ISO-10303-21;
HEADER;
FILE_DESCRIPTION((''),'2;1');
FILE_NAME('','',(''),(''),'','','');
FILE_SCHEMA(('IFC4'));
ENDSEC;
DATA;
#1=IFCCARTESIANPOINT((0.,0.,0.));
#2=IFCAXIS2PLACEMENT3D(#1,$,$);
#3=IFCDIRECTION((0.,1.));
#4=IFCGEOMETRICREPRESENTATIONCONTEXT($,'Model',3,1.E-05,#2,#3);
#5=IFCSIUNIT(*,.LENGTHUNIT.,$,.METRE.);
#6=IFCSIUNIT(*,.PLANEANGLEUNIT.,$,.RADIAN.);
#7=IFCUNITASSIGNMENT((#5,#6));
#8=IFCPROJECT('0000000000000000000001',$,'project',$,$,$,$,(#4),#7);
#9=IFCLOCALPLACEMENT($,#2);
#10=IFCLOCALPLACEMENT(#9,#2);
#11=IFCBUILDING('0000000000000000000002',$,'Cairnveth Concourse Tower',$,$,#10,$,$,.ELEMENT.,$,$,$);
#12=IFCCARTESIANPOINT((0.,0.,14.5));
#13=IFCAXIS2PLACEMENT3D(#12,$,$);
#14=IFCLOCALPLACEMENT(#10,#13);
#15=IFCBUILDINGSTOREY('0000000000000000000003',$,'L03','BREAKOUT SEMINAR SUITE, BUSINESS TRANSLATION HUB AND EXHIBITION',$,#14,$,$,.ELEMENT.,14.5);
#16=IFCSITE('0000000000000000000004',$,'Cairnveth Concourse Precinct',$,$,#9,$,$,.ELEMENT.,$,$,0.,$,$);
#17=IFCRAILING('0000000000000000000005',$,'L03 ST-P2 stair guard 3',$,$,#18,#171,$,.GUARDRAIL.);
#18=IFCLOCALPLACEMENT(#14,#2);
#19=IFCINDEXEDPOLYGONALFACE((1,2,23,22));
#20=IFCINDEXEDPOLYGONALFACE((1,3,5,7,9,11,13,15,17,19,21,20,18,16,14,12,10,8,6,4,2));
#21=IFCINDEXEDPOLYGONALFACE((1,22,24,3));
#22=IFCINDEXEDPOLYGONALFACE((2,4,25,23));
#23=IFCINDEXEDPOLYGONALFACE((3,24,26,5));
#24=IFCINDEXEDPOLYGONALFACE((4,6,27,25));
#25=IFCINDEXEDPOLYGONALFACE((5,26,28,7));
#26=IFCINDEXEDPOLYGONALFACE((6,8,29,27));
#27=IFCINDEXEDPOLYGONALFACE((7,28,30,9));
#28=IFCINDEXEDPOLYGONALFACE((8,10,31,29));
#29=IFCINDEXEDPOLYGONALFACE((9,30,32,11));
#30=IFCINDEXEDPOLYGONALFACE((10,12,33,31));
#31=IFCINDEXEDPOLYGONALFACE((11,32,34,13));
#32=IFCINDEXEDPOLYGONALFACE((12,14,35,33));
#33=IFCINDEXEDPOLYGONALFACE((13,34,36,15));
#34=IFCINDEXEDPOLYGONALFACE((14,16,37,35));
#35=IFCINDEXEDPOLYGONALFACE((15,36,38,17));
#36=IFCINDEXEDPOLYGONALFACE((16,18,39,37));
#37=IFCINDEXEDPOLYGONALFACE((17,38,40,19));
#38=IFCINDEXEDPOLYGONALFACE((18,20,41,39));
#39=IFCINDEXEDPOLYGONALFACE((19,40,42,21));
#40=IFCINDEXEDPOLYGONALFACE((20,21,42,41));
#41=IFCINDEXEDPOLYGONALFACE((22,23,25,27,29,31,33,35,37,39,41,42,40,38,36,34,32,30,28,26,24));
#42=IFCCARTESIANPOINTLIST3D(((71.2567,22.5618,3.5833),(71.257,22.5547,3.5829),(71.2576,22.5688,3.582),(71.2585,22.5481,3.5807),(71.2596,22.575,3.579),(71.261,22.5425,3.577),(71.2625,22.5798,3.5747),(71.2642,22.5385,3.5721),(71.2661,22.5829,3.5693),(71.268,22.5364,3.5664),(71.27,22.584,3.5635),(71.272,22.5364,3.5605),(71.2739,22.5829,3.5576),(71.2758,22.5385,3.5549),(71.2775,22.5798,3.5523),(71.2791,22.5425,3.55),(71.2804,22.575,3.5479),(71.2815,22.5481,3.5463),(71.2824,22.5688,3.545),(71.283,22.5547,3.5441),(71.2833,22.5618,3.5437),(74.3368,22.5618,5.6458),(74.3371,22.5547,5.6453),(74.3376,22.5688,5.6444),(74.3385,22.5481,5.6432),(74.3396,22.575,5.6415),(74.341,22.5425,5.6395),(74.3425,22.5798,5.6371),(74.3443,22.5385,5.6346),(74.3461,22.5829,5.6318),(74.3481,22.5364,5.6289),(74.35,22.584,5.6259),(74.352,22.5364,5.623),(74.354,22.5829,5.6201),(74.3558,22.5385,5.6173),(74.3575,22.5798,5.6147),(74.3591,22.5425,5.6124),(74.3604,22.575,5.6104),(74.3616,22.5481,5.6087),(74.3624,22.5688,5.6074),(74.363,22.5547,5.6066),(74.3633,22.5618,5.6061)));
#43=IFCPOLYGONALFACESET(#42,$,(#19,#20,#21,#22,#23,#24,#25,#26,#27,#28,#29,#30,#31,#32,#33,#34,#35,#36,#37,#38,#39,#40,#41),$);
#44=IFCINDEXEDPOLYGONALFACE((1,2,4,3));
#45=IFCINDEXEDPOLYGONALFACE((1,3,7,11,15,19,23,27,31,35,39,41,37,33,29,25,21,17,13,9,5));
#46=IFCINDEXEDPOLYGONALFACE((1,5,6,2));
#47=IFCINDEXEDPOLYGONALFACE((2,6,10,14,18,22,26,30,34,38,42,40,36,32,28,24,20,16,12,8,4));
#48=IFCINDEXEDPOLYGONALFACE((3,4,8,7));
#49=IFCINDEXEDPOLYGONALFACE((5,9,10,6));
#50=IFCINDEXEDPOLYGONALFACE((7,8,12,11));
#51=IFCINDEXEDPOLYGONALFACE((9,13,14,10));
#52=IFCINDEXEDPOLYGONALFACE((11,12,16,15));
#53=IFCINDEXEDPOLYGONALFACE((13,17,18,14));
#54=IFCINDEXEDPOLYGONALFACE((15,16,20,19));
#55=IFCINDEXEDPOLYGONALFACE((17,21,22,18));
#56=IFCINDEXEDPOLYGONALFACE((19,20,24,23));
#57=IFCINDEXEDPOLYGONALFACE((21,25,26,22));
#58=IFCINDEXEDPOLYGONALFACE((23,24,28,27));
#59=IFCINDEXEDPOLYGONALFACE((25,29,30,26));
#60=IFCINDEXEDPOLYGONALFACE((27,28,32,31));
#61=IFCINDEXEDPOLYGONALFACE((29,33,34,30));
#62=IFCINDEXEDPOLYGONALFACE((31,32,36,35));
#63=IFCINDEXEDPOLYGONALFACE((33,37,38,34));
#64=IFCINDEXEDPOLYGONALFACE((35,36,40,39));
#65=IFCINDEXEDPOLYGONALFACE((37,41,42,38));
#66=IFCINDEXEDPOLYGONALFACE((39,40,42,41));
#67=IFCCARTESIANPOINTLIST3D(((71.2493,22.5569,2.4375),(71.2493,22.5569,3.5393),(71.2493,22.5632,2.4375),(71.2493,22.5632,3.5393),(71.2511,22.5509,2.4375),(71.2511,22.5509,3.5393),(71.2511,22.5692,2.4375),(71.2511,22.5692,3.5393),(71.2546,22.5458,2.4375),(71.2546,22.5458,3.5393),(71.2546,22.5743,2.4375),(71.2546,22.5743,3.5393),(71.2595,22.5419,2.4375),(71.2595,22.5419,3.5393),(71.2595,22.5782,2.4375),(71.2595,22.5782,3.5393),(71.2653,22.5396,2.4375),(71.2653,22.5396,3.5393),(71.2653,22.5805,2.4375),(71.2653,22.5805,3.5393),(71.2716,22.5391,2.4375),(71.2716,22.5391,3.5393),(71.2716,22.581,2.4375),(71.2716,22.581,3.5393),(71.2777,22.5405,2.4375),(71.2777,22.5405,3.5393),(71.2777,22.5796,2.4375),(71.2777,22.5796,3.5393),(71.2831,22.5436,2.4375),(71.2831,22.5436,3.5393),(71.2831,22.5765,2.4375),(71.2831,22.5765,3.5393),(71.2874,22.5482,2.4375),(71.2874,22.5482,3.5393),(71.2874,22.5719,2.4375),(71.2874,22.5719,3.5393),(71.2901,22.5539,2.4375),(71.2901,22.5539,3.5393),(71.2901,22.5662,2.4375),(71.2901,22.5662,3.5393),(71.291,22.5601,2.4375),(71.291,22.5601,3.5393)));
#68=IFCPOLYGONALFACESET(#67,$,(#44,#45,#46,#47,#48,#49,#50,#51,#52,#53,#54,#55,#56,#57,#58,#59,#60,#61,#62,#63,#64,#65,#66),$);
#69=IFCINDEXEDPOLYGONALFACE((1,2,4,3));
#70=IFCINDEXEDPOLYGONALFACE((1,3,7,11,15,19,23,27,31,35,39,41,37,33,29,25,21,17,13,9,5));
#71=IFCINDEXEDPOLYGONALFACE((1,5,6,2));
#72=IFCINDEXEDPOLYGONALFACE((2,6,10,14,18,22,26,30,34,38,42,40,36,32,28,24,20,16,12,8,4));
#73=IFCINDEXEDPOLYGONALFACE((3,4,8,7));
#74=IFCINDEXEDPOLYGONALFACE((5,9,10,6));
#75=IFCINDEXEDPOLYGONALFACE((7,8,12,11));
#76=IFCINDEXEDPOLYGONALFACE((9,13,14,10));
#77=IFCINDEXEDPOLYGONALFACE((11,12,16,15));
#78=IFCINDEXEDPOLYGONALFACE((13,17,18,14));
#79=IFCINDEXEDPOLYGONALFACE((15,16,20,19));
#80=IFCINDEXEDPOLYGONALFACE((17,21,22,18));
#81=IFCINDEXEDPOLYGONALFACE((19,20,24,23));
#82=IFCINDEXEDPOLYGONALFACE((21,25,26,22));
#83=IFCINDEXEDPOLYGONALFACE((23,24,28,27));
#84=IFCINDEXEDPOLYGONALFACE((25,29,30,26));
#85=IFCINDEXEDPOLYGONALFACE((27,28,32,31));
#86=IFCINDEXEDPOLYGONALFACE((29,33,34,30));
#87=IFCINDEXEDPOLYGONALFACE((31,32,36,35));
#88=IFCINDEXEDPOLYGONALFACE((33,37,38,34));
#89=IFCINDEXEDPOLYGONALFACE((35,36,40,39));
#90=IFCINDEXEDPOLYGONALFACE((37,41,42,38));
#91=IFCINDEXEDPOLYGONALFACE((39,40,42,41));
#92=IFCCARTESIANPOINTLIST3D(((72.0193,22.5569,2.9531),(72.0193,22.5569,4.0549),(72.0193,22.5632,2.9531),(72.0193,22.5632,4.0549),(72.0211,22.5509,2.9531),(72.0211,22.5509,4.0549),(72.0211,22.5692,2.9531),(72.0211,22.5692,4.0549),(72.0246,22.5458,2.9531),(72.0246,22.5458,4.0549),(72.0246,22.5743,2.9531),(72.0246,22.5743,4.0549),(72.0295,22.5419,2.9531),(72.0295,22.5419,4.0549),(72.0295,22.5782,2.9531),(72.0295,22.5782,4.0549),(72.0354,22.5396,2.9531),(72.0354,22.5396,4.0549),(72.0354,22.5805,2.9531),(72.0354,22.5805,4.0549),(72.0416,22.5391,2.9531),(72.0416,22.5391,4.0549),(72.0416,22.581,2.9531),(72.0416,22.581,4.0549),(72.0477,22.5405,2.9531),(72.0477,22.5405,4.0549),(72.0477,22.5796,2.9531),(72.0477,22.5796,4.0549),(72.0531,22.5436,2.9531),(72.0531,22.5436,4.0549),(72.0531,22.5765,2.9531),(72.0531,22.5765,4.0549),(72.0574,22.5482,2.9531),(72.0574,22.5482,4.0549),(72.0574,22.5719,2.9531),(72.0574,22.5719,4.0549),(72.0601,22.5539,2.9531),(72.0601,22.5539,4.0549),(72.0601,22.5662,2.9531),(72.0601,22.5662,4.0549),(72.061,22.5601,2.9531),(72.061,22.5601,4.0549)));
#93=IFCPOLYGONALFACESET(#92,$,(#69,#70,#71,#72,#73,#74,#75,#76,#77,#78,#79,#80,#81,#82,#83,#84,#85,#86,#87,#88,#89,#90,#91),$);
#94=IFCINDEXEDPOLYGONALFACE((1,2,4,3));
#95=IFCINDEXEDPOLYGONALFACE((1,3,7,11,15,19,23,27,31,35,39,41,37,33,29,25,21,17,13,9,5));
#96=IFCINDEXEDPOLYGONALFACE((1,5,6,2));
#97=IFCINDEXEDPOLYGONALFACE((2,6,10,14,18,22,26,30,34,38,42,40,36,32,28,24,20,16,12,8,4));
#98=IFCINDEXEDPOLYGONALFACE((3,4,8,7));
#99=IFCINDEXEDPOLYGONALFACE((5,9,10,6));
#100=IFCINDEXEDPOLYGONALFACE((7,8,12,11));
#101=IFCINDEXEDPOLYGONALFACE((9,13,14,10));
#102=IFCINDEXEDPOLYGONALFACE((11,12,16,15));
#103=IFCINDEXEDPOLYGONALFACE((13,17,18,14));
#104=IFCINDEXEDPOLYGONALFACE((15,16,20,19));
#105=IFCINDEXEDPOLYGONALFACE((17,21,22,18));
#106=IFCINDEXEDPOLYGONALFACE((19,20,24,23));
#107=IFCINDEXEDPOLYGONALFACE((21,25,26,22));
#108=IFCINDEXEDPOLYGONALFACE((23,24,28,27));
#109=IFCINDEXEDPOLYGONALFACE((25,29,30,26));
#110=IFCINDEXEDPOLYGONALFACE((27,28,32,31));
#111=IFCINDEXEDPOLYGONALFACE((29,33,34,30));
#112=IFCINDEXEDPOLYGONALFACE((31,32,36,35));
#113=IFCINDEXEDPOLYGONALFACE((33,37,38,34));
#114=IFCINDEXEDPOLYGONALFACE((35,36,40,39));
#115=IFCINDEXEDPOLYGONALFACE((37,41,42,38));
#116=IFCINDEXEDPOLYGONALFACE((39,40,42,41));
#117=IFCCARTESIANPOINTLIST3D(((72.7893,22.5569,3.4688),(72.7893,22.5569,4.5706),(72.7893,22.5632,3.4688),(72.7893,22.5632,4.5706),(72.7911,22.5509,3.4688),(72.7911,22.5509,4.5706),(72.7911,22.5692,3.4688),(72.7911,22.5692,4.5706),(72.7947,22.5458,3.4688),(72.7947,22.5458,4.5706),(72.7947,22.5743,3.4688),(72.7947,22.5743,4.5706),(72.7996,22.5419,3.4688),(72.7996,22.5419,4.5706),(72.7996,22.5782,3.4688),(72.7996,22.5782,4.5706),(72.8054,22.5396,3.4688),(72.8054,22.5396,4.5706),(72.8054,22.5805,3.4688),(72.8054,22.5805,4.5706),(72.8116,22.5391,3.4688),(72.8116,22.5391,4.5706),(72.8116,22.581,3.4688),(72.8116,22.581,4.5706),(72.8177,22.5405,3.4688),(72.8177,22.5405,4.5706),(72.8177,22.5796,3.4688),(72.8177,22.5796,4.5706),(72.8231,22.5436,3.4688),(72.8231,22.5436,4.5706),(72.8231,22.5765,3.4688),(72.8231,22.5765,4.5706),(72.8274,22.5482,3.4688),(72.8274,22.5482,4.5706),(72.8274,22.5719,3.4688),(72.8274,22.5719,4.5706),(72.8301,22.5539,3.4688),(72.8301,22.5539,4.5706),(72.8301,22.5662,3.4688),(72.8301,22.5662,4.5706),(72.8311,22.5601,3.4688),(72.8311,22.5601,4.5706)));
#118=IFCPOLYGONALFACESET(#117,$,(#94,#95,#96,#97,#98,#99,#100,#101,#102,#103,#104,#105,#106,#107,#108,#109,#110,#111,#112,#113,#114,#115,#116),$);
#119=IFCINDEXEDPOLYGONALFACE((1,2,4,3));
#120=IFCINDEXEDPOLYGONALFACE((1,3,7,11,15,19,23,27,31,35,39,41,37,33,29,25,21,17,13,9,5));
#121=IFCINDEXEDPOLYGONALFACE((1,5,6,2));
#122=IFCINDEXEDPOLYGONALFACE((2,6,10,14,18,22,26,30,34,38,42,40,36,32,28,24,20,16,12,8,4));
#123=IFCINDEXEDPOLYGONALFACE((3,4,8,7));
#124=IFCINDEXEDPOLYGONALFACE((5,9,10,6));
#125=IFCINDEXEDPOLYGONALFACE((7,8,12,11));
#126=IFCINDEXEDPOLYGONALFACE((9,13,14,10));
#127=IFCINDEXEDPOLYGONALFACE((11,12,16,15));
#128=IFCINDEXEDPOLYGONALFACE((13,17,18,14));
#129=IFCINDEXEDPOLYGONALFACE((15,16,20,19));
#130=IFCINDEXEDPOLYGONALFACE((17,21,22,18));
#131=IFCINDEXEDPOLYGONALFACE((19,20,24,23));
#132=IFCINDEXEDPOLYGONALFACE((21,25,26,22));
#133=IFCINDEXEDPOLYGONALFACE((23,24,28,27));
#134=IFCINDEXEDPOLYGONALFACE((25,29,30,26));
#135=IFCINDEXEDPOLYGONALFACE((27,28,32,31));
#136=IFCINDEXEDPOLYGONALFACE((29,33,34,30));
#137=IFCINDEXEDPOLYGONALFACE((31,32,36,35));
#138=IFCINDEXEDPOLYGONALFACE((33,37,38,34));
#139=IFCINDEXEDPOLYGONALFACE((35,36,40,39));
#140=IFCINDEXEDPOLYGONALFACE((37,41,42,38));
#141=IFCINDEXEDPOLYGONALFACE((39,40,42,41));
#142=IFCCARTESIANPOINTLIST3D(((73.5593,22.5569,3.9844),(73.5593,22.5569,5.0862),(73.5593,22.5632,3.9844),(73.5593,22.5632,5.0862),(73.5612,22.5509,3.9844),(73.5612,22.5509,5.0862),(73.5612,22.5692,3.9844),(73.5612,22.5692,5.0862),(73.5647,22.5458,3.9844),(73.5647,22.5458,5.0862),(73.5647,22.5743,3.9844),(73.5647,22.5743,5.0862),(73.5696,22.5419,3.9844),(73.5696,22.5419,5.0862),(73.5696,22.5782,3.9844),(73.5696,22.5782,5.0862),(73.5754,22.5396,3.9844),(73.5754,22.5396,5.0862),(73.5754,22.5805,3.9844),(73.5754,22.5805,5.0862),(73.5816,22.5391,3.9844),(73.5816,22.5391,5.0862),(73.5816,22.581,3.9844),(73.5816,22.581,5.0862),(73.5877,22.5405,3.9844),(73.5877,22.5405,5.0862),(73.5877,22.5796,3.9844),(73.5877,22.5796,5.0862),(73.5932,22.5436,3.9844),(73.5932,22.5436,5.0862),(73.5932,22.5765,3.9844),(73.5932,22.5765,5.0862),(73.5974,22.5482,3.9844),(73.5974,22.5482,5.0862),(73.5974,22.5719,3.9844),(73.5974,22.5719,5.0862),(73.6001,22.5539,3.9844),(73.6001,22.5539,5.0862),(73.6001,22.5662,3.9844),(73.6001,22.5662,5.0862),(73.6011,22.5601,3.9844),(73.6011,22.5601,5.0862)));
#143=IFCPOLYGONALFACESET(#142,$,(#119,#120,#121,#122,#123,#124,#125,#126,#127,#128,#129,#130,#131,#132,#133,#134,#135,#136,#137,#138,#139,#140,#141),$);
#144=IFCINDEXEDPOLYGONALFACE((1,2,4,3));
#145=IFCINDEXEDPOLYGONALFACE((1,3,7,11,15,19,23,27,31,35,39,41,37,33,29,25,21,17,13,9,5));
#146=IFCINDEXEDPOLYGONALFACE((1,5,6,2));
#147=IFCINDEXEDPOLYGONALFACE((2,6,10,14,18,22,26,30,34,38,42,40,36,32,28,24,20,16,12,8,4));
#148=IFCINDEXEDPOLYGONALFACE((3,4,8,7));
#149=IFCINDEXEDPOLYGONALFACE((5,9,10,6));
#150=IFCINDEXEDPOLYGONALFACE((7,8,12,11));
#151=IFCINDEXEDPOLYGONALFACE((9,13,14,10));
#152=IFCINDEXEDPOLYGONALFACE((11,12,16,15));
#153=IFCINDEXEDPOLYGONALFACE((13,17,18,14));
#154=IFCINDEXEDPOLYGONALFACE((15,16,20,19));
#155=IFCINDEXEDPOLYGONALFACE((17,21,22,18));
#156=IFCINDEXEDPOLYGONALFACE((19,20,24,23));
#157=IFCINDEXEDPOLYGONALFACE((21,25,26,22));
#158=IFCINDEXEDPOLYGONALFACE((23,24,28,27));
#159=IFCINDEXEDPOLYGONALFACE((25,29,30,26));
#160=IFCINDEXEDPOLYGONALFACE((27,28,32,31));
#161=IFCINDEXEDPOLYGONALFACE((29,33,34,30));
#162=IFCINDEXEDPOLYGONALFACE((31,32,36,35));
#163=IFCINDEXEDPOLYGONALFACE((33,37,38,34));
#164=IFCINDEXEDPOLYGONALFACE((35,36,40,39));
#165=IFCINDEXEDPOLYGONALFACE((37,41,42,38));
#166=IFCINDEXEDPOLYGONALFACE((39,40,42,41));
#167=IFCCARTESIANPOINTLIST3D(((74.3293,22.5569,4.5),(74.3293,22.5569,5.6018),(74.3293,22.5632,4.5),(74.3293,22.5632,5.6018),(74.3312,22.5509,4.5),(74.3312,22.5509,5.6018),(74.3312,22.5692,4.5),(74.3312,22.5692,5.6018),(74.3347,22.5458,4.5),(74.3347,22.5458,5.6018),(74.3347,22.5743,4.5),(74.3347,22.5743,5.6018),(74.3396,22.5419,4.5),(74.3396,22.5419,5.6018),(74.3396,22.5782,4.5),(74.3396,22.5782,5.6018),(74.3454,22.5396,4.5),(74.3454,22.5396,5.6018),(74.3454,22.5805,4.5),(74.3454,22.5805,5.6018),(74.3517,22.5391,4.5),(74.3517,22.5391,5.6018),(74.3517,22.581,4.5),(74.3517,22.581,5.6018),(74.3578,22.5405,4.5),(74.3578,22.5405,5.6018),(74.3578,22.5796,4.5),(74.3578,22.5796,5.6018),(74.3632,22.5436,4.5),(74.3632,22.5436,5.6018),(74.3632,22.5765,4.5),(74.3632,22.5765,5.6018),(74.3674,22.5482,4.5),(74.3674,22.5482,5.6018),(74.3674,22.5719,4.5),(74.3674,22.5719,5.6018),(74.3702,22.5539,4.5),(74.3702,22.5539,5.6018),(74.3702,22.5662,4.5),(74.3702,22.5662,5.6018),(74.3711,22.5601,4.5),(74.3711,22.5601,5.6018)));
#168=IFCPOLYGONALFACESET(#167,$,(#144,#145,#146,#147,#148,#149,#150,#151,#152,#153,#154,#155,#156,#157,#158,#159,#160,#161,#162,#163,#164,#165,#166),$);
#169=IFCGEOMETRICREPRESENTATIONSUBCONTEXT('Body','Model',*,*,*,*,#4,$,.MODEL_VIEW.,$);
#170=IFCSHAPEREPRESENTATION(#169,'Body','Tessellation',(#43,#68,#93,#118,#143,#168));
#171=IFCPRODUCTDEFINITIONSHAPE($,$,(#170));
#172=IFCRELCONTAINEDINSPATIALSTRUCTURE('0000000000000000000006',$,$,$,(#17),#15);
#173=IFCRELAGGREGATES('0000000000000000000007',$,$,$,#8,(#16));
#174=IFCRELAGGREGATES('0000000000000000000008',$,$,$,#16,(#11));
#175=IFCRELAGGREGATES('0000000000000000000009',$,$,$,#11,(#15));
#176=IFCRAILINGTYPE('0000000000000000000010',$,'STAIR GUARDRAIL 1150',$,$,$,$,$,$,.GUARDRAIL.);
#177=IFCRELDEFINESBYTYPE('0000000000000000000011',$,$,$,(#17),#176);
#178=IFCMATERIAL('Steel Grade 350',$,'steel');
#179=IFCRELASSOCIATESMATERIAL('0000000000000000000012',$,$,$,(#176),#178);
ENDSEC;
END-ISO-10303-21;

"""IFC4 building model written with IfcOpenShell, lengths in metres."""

from ifc_helpers import new_model, si_unit, direction, frame, origin, origin_2d, place, context, subcontext, project, spatial, circle, extrude, material, type_object, element, save


model = new_model("IFC4")

# Units and contexts
model_context = context("Model", 3, precision=1e-05, world=origin(), true_north=direction((0.0, 1.0)))
body_context = subcontext(model_context, "Body", "Model", "MODEL_VIEW")
ifc_project = project(units=[si_unit("LENGTHUNIT", "METRE"), si_unit("PLANEANGLEUNIT", "RADIAN")], contexts=[model_context])

# Site, building, storey
site_placement = place(None, origin())
site = spatial("IfcSite", under=ifc_project, at=site_placement, Name="Cairnveth Concourse Precinct", CompositionType="ELEMENT", RefElevation=0.0)
building_placement = place(site_placement, origin())
building = spatial("IfcBuilding", under=site, at=building_placement, Name="Cairnveth Concourse Tower", CompositionType="ELEMENT")
storey_placement = place(building_placement, frame((0.0, 0.0, 14.5)))
storey = spatial("IfcBuildingStorey", under=building, at=storey_placement, Name="L03", Description="BREAKOUT SEMINAR SUITE, BUSINESS TRANSLATION HUB AND EXHIBITION", CompositionType="ELEMENT", Elevation=14.5)

# Shared definitions
ifc_material_1 = material(Name="Steel Grade 350", Category="steel")

# Railing
railing_type_1 = type_object("IfcRailingType", Name="STAIR GUARDRAIL 1150", PredefinedType="GUARDRAIL", material=ifc_material_1)
railing_1_placement = place(storey_placement, frame((71.27, 22.5601, 2.4375)))
element("IfcRailing", 1, at=railing_1_placement, inside=storey, type_object=railing_type_1, Name="L03 ST-P2 stair guard 3", PredefinedType="GUARDRAIL", context=body_context, shape_type="SweptSolid", body=[
    extrude(circle(Radius=0.0239, at=origin_2d()), frame((0.0, 0.0, 1.126), z_axis=(0.830914, 0.0, 0.556401), x_axis=(0.0, 1.0, 0.0)), (0.0, 0.0, 1.0), 3.7068),
    extrude(circle(Radius=0.021, at=origin_2d()), origin(), (0.0, 0.0, 1.0), 1.1018),
    extrude(circle(Radius=0.021, at=origin_2d()), frame((0.77, 0.0, 0.5156)), (0.0, 0.0, 1.0), 1.1018),
    extrude(circle(Radius=0.021, at=origin_2d()), frame((1.54, 0.0, 1.0312)), (0.0, 0.0, 1.0), 1.1018),
    extrude(circle(Radius=0.021, at=origin_2d()), frame((2.3101, 0.0, 1.5469)), (0.0, 0.0, 1.0), 1.1018),
    extrude(circle(Radius=0.021, at=origin_2d()), frame((3.0801, 0.0, 2.0625)), (0.0, 0.0, 1.0), 1.1018),
])

save(model, "model.ifc")
